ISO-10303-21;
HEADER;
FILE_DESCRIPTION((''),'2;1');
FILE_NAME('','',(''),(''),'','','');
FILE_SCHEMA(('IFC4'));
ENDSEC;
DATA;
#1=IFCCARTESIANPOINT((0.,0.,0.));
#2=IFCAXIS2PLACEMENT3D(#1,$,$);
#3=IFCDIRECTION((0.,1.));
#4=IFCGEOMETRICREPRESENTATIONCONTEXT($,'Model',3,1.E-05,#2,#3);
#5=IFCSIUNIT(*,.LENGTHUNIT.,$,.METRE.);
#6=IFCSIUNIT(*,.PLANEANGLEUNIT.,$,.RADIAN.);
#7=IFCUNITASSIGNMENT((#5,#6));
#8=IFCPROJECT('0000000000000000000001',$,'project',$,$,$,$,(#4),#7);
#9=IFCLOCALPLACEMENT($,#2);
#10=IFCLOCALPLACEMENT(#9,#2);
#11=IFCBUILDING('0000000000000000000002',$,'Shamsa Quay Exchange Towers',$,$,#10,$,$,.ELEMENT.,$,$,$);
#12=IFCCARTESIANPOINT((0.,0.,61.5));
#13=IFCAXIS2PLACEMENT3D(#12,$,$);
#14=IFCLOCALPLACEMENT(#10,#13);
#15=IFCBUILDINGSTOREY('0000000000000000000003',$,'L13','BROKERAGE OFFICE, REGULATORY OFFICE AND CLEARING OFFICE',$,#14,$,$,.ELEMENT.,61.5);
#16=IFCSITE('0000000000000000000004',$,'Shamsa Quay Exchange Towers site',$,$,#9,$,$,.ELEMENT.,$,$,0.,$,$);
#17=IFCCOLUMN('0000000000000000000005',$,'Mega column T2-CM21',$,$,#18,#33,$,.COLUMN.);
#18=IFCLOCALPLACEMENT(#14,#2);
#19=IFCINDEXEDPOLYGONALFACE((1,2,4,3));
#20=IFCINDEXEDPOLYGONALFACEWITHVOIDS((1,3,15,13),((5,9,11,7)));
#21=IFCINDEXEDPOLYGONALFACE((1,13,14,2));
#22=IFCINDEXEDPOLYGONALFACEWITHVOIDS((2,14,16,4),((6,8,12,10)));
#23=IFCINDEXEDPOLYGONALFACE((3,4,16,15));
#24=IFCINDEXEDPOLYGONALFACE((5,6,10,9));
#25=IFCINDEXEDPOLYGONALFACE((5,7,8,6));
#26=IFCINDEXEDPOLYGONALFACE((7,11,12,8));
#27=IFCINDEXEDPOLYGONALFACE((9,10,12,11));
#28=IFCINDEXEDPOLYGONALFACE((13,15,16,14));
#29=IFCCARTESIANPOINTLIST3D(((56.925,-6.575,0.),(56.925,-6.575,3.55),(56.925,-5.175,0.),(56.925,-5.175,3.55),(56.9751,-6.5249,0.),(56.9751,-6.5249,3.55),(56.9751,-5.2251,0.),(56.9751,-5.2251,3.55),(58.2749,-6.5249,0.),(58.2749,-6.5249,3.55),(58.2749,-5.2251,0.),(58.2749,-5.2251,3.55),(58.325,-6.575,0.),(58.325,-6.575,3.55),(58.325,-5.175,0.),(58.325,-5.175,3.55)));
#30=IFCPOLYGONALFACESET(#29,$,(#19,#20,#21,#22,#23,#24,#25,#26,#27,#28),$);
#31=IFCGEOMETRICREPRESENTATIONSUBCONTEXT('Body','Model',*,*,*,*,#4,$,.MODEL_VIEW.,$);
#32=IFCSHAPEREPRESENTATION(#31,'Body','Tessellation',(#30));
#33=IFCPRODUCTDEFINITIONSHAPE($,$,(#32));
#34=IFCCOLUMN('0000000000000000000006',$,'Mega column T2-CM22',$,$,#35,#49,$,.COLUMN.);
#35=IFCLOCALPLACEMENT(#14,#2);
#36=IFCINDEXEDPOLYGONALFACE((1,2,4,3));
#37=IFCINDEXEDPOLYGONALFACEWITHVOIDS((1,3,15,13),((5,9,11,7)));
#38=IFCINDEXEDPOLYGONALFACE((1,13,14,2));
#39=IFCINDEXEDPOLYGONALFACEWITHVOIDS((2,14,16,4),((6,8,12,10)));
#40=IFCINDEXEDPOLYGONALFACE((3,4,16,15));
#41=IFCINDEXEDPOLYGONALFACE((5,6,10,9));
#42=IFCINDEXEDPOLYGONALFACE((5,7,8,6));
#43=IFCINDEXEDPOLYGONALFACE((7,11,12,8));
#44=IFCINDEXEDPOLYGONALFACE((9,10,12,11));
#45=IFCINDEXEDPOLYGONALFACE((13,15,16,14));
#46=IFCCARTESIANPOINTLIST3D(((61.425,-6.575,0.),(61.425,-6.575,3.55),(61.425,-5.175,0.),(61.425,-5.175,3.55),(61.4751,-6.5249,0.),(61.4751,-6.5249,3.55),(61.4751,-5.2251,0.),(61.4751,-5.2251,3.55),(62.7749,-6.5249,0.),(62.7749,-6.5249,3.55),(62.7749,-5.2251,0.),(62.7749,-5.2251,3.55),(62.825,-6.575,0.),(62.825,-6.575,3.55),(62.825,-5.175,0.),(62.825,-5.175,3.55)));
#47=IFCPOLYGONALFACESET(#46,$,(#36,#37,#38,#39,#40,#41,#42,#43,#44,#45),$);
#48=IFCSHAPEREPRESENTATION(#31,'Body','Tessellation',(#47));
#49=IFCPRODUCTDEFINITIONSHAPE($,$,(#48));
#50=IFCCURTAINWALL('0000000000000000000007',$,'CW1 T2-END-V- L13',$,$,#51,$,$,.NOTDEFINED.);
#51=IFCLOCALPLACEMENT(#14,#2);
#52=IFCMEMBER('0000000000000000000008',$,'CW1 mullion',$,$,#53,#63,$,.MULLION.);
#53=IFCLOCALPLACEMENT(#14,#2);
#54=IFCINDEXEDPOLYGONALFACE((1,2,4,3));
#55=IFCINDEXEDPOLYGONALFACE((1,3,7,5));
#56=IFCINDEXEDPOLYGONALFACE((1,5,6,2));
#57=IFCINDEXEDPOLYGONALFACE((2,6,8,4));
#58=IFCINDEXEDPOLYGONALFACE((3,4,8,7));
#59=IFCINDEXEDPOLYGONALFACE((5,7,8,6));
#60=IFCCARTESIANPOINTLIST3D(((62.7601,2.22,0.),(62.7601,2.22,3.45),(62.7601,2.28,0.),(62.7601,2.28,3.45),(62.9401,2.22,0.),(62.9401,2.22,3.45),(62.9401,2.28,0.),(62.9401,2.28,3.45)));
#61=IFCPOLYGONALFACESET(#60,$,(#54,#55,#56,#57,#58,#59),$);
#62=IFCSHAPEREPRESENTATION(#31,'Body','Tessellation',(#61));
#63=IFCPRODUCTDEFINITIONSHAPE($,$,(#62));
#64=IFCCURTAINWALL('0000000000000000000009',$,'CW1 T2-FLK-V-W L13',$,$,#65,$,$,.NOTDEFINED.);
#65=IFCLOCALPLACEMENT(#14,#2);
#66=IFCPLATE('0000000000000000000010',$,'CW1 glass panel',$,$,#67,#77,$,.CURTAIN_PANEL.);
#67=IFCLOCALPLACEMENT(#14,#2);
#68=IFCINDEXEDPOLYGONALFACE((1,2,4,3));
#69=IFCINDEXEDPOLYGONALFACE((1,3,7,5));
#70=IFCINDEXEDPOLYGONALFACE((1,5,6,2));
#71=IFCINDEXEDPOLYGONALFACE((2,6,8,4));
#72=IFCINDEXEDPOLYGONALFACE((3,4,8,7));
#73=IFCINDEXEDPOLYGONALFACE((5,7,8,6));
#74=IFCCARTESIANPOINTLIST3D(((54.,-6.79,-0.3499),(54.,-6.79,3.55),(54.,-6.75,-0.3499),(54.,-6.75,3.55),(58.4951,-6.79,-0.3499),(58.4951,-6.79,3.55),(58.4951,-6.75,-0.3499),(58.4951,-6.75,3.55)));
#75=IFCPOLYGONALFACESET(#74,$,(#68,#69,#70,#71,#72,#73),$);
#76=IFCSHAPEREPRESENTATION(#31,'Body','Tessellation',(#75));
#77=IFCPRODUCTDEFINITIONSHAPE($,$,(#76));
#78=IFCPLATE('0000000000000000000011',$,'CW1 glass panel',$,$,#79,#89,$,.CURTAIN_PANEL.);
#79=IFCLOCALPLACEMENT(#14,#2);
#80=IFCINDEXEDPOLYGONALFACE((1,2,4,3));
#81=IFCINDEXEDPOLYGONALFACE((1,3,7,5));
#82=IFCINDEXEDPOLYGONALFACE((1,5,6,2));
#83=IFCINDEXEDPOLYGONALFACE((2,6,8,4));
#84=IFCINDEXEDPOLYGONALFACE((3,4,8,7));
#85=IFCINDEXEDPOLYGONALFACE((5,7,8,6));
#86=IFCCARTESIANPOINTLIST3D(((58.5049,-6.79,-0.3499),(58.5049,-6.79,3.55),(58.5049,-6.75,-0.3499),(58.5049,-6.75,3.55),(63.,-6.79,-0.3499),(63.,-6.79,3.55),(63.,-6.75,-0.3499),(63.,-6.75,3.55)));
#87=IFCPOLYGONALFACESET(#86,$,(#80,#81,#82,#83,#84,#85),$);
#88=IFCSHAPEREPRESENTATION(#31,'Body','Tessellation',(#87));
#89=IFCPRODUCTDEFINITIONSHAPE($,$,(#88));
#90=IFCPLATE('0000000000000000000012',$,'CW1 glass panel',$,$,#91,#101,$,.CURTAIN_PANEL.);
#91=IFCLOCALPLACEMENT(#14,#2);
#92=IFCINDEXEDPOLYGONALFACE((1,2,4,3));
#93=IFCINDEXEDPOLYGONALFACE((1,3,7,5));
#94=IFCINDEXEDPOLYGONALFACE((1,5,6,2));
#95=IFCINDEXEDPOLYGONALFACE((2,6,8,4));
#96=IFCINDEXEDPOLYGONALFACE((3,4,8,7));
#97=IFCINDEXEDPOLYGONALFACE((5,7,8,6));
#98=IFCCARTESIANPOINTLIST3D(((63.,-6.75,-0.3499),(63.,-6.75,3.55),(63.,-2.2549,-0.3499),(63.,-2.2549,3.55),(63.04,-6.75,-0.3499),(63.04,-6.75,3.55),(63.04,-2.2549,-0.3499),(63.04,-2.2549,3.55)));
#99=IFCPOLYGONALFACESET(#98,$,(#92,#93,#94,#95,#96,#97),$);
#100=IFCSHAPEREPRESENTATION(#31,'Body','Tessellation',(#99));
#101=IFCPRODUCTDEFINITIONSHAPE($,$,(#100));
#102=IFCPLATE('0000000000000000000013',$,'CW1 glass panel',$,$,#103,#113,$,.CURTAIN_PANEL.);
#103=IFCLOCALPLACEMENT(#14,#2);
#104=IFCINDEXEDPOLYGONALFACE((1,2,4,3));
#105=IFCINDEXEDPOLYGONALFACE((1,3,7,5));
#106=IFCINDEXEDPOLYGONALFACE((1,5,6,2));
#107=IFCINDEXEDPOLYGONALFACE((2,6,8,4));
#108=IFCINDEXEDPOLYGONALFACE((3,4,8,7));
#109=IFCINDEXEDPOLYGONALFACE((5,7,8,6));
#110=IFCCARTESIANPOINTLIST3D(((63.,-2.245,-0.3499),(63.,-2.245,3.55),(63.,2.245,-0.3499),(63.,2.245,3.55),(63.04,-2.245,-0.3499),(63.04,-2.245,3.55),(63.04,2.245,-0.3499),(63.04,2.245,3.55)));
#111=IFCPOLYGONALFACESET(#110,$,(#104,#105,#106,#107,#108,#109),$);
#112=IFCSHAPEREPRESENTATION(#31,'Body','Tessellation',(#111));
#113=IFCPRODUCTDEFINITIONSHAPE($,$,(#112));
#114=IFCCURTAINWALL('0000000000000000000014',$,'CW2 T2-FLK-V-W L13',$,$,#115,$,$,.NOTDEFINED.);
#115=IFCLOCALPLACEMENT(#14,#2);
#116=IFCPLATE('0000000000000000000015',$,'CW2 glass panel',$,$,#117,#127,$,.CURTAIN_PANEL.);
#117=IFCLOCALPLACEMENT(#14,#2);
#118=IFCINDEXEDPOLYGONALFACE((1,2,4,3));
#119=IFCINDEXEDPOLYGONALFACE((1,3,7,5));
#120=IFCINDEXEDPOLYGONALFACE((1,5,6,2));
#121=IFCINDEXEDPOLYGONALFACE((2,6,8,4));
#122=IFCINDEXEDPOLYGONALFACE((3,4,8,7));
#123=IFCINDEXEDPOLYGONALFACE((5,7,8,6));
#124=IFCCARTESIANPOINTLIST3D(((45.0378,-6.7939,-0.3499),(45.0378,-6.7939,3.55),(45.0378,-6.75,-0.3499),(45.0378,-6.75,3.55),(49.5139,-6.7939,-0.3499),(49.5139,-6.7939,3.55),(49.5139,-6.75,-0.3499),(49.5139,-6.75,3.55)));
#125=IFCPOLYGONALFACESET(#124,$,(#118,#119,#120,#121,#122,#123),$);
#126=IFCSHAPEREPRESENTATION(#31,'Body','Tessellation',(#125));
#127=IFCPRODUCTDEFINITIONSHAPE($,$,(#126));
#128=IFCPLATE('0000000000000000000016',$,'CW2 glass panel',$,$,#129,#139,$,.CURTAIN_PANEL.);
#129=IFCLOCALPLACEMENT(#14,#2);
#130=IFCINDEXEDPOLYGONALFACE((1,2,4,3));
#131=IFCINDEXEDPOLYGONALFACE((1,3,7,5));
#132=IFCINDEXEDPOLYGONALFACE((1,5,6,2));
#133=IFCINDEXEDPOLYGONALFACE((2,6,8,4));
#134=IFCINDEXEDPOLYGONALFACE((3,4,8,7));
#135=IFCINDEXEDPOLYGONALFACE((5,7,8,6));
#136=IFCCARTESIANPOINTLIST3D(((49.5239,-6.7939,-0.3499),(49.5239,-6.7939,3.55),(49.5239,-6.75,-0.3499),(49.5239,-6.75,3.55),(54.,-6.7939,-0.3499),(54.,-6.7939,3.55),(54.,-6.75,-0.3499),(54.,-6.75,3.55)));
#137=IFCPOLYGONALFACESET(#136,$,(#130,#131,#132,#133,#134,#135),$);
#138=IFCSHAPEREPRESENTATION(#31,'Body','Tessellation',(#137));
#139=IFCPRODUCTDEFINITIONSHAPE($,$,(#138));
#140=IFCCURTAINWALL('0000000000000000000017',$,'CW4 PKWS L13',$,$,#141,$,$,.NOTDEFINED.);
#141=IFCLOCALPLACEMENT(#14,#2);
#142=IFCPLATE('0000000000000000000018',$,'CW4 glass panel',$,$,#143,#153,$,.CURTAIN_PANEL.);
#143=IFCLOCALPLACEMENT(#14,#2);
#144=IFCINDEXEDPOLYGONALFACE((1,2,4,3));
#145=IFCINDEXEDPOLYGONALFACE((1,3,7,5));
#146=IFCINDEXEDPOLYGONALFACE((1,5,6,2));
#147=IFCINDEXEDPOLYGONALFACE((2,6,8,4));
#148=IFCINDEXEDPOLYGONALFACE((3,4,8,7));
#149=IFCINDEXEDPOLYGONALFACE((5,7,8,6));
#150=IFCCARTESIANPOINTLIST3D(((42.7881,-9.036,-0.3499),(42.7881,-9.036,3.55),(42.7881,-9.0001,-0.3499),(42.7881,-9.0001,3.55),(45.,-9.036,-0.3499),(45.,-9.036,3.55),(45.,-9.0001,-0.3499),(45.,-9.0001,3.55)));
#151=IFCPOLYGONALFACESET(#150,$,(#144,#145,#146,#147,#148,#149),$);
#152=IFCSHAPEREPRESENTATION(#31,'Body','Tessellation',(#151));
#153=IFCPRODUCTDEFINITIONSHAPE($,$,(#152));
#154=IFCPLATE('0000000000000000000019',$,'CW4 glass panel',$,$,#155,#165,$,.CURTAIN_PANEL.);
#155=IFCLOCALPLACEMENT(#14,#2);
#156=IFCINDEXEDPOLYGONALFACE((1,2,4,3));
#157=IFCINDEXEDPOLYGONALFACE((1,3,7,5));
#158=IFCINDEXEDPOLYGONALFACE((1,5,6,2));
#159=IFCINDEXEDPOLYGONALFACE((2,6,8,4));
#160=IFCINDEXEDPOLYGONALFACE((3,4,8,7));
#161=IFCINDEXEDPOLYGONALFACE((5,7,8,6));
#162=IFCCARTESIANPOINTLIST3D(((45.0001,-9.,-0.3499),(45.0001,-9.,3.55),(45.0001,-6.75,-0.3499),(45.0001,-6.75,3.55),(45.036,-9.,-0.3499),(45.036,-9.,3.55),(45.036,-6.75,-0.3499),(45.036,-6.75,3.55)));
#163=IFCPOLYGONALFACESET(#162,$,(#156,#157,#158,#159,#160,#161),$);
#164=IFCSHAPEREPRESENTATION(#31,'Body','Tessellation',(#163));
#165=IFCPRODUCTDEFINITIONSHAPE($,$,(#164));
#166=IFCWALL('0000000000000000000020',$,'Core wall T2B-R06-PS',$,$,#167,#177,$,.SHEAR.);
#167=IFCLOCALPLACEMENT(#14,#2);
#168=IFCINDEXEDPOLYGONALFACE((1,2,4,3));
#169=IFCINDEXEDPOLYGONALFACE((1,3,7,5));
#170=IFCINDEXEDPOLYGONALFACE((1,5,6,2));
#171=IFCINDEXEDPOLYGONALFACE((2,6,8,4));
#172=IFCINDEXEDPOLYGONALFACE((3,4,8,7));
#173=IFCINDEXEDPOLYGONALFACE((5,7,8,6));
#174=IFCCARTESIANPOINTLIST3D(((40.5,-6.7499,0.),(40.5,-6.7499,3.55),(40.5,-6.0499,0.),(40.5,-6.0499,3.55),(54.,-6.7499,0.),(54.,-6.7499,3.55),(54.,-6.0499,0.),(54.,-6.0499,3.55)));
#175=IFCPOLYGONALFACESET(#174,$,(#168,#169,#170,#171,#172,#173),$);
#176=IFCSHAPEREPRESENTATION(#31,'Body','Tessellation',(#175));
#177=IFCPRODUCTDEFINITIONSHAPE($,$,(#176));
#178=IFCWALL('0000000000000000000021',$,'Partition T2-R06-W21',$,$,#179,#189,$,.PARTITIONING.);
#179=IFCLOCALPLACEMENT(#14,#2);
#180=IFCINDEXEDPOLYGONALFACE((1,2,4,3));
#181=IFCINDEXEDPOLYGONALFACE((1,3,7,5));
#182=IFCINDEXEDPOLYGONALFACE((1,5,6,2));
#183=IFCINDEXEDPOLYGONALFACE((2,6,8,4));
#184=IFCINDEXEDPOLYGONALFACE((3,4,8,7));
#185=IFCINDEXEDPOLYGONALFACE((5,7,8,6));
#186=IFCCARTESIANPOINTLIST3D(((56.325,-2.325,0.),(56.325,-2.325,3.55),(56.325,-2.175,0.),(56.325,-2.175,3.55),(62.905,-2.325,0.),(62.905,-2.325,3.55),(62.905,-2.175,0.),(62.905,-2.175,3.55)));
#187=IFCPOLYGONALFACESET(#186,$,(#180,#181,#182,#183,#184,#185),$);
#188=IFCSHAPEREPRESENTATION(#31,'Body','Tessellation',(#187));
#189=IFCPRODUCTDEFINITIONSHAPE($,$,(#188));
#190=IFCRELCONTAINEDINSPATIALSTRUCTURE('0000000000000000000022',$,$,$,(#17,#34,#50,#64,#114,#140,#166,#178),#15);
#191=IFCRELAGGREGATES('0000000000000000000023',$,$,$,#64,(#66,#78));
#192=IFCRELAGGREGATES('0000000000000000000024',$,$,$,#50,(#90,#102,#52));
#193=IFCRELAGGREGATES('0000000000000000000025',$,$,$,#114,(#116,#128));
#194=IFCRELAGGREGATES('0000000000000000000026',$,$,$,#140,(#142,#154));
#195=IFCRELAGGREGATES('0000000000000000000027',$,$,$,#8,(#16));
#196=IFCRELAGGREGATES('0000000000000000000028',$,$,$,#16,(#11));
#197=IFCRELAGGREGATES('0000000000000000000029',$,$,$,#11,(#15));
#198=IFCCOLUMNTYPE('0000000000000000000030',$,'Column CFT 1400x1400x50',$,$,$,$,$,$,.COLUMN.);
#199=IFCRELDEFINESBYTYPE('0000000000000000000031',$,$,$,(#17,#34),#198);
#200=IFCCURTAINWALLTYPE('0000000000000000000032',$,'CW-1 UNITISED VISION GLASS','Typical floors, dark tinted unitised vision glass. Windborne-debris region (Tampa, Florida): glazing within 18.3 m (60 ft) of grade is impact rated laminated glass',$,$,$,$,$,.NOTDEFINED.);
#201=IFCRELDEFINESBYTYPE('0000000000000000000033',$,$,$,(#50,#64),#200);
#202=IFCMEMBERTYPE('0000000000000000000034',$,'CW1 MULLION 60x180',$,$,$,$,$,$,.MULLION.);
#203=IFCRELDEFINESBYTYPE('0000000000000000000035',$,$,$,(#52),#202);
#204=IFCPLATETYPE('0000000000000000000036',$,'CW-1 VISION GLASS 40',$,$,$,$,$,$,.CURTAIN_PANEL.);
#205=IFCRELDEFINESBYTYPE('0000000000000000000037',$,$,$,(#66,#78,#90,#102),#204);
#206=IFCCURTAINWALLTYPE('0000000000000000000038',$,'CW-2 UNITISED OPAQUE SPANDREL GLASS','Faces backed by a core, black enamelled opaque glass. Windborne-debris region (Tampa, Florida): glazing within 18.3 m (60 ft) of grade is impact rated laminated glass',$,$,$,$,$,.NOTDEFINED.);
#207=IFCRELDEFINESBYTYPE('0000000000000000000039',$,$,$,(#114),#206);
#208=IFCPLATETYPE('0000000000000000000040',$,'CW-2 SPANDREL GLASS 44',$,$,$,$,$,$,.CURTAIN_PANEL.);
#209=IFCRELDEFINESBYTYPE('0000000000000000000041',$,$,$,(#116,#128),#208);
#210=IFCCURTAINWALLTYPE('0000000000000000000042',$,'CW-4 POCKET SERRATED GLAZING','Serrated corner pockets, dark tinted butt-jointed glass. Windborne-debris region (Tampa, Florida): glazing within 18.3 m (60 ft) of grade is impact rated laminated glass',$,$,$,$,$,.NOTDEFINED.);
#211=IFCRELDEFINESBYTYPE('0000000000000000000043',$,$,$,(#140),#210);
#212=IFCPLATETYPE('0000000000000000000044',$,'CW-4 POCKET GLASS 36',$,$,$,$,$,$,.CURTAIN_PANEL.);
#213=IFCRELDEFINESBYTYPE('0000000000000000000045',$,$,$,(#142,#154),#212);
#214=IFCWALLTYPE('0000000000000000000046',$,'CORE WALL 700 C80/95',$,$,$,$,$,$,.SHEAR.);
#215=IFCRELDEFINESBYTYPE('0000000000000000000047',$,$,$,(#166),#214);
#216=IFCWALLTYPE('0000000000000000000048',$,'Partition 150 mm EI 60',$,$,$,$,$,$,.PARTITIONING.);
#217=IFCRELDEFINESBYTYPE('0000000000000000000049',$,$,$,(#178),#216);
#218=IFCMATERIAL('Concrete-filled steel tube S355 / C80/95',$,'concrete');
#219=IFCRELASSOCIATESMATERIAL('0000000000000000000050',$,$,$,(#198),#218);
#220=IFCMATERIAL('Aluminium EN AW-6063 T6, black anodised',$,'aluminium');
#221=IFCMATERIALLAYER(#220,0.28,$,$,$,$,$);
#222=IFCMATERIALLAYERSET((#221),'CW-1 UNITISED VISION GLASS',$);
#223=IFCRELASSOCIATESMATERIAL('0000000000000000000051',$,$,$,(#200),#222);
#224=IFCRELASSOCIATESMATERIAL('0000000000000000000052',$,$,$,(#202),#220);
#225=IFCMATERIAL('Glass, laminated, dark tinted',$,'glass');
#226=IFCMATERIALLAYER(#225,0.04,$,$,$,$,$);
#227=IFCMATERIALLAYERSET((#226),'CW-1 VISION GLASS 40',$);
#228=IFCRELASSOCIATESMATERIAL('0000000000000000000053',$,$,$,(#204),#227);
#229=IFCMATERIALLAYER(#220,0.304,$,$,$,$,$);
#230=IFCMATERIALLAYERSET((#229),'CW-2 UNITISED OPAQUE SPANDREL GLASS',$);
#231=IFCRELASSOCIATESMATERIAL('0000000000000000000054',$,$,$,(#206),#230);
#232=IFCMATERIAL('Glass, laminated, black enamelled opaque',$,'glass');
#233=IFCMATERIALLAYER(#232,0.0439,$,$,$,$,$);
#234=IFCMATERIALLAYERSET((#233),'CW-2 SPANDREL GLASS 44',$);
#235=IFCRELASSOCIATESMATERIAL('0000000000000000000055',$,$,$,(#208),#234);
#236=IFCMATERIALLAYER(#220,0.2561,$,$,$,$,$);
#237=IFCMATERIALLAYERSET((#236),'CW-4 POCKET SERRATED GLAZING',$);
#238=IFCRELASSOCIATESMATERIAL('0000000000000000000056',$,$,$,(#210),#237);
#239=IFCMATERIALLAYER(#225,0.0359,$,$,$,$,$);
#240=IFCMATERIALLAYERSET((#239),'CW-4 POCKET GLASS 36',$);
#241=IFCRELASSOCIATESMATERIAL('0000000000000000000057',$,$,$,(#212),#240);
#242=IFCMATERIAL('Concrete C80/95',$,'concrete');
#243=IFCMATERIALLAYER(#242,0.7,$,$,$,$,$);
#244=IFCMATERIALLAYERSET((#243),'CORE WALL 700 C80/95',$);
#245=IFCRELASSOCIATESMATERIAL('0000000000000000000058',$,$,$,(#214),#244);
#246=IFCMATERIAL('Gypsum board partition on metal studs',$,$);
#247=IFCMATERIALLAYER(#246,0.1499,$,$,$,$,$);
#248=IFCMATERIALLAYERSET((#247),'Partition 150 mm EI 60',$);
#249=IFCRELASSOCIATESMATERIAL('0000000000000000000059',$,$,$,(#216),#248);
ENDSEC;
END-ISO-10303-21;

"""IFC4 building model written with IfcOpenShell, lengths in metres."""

from ifc_helpers import new_model, si_unit, direction, frame, frame_2d, origin, origin_2d, place, context, subcontext, project, spatial, rectangle, hollow_rectangle, extrude, material, layer, layer_set, material_profile, profile_set, type_object, element, aggregate, save


model = new_model("IFC4")

# Units and contexts
model_context = context("Model", 3, precision=1e-05, world=origin(), true_north=direction((0.0, 1.0)))
body_context = subcontext(model_context, "Body", "Model", "MODEL_VIEW")
ifc_project = project(units=[si_unit("LENGTHUNIT", "METRE"), si_unit("PLANEANGLEUNIT", "RADIAN")], contexts=[model_context])

# Site, building, storey
site_placement = place(None, origin())
site = spatial("IfcSite", under=ifc_project, at=site_placement, Name="Shamsa Quay Exchange Towers site", CompositionType="ELEMENT", RefElevation=0.0)
building_placement = place(site_placement, origin())
building = spatial("IfcBuilding", under=site, at=building_placement, Name="Shamsa Quay Exchange Towers", CompositionType="ELEMENT")
storey_placement = place(building_placement, frame((0.0, 0.0, 61.5)))
storey = spatial("IfcBuildingStorey", under=building, at=storey_placement, Name="L13", Description="BROKERAGE OFFICE, REGULATORY OFFICE AND CLEARING OFFICE", CompositionType="ELEMENT", Elevation=61.5)

# Columns
ifc_material_1 = material(Name="Concrete-filled steel tube S355 / C80/95", Category="concrete")
ifc_material_profile_1 = material_profile(ifc_material_1, hollow_rectangle(XDim=1.3999, YDim=1.3999, WallThickness=0.05, at=origin_2d()), Name="CFT 1400x1400x50")
ifc_profile_set_1 = profile_set([ifc_material_profile_1], Name="Concrete-filled steel tube S355 / C80/95")
column_type = type_object("IfcColumnType", Name="Column CFT 1400x1400x50", PredefinedType="COLUMN", material=ifc_profile_set_1)
for number, where, name in (
    (1, (57.625, -5.875, 0.0), "Mega column T2-CM21"),
    (2, (62.125, -5.875, 0.0), "Mega column T2-CM22"),
):
    element("IfcColumn", number, at=place(storey_placement, frame(where)), inside=storey, type_object=column_type, Name=name, PredefinedType="COLUMN", context=body_context, shape_type="SweptSolid", body=[
        extrude(hollow_rectangle(XDim=1.3999, YDim=1.3999, WallThickness=0.05, at=origin_2d()), origin(), (0.0, 0.0, 1.0), 3.55),
    ])

# Curtain wall, member
ifc_material_2 = material(Name="Aluminium EN AW-6063 T6, black anodised", Category="aluminium")
ifc_layer_1 = layer(ifc_material_2, 0.28)
ifc_layer_set_1 = layer_set([ifc_layer_1], Name="CW-1 UNITISED VISION GLASS")
curtain_wall_type_1 = type_object("IfcCurtainWallType", Name="CW-1 UNITISED VISION GLASS", Description="Typical floors, dark tinted unitised vision glass. Windborne-debris region (Tampa, Florida): glazing within 18.3 m (60 ft) of grade is impact rated laminated glass", PredefinedType="NOTDEFINED", material=ifc_layer_set_1)
curtain_wall_1_placement = place(storey_placement, origin())
curtain_wall_1 = element("IfcCurtainWall", 3, at=curtain_wall_1_placement, inside=storey, type_object=curtain_wall_type_1, Name="CW1 T2-END-V- L13", PredefinedType="NOTDEFINED")
ifc_material_profile_2 = material_profile(ifc_material_2, rectangle(XDim=0.1799, YDim=0.0601, at=origin_2d()), Name="MU60x180")
ifc_profile_set_2 = profile_set([ifc_material_profile_2], Name="Aluminium EN AW-6063 T6, black anodised")
member_type = type_object("IfcMemberType", Name="CW1 MULLION 60x180", PredefinedType="MULLION", material=ifc_profile_set_2)
member_placement = place(storey_placement, frame((62.8501, 2.25, 0.0), z_axis=(0.0, 0.0, 1.0), x_axis=(-1.0, 0.0, 0.0)))
member = element("IfcMember", 4, at=member_placement, type_object=member_type, Name="CW1 mullion", PredefinedType="MULLION", context=body_context, shape_type="SweptSolid", body=[
    extrude(rectangle(XDim=0.1799, YDim=0.0601, at=origin_2d()), origin(), (0.0, 0.0, 1.0), 3.45),
])

# Curtain wall, plates
curtain_wall_2_placement = place(storey_placement, origin())
curtain_wall_2 = element("IfcCurtainWall", 5, at=curtain_wall_2_placement, inside=storey, type_object=curtain_wall_type_1, Name="CW1 T2-FLK-V-W L13", PredefinedType="NOTDEFINED")
ifc_material_3 = material(Name="Glass, laminated, dark tinted", Category="glass")
ifc_layer_2 = layer(ifc_material_3, 0.04)
ifc_layer_set_2 = layer_set([ifc_layer_2], Name="CW-1 VISION GLASS 40")
plate_type_1 = type_object("IfcPlateType", Name="CW-1 VISION GLASS 40", PredefinedType="CURTAIN_PANEL", material=ifc_layer_set_2)
plate_1_placement = place(storey_placement, frame((56.2476, -6.77, -0.3499)))
plate_1 = element("IfcPlate", 6, at=plate_1_placement, type_object=plate_type_1, Name="CW1 glass panel", PredefinedType="CURTAIN_PANEL", context=body_context, shape_type="SweptSolid", body=[
    extrude(rectangle(XDim=4.4951, YDim=0.04, at=origin_2d()), origin(), (0.0, 0.0, 1.0), 3.8999),
])
plate_2_placement = place(storey_placement, frame((60.7524, -6.77, -0.3499)))
plate_2 = element("IfcPlate", 7, at=plate_2_placement, type_object=plate_type_1, Name="CW1 glass panel", PredefinedType="CURTAIN_PANEL", context=body_context, shape_type="SweptSolid", body=[
    extrude(rectangle(XDim=4.4951, YDim=0.04, at=origin_2d()), origin(), (0.0, 0.0, 1.0), 3.8999),
])
aggregate(curtain_wall_2, [plate_1, plate_2])

# Plates
plate_3_placement = place(storey_placement, frame((63.02, -4.5024, -0.3499), z_axis=(0.0, 0.0, 1.0), x_axis=(0.0, 1.0, 0.0)))
plate_3 = element("IfcPlate", 8, at=plate_3_placement, type_object=plate_type_1, Name="CW1 glass panel", PredefinedType="CURTAIN_PANEL", context=body_context, shape_type="SweptSolid", body=[
    extrude(rectangle(XDim=4.4951, YDim=0.04, at=origin_2d()), origin(), (0.0, 0.0, 1.0), 3.8999),
])
plate_4_placement = place(storey_placement, frame((63.02, 0.0, -0.3499), z_axis=(0.0, 0.0, 1.0), x_axis=(0.0, 1.0, 0.0)))
plate_4 = element("IfcPlate", 9, at=plate_4_placement, type_object=plate_type_1, Name="CW1 glass panel", PredefinedType="CURTAIN_PANEL", context=body_context, shape_type="SweptSolid", body=[
    extrude(rectangle(XDim=4.49, YDim=0.04, at=origin_2d()), origin(), (0.0, 0.0, 1.0), 3.8999),
])
aggregate(curtain_wall_1, [plate_3, plate_4, member])

# Curtain walls, plates
ifc_layer_3 = layer(ifc_material_2, 0.304)
ifc_layer_set_3 = layer_set([ifc_layer_3], Name="CW-2 UNITISED OPAQUE SPANDREL GLASS")
curtain_wall_type_2 = type_object("IfcCurtainWallType", Name="CW-2 UNITISED OPAQUE SPANDREL GLASS", Description="Faces backed by a core, black enamelled opaque glass. Windborne-debris region (Tampa, Florida): glazing within 18.3 m (60 ft) of grade is impact rated laminated glass", PredefinedType="NOTDEFINED", material=ifc_layer_set_3)
curtain_wall_3_placement = place(storey_placement, origin())
curtain_wall_3 = element("IfcCurtainWall", 10, at=curtain_wall_3_placement, inside=storey, type_object=curtain_wall_type_2, Name="CW2 T2-FLK-V-W L13", PredefinedType="NOTDEFINED")
ifc_material_4 = material(Name="Glass, laminated, black enamelled opaque", Category="glass")
ifc_layer_4 = layer(ifc_material_4, 0.0439)
ifc_layer_set_4 = layer_set([ifc_layer_4], Name="CW-2 SPANDREL GLASS 44")
plate_type_2 = type_object("IfcPlateType", Name="CW-2 SPANDREL GLASS 44", PredefinedType="CURTAIN_PANEL", material=ifc_layer_set_4)
plate_5_placement = place(storey_placement, frame((47.2759, -6.772, -0.3499)))
plate_5 = element("IfcPlate", 11, at=plate_5_placement, type_object=plate_type_2, Name="CW2 glass panel", PredefinedType="CURTAIN_PANEL", context=body_context, shape_type="SweptSolid", body=[
    extrude(rectangle(XDim=4.4761, YDim=0.0439, at=origin_2d()), origin(), (0.0, 0.0, 1.0), 3.8999),
])
plate_6_placement = place(storey_placement, frame((51.762, -6.772, -0.3499)))
plate_6 = element("IfcPlate", 12, at=plate_6_placement, type_object=plate_type_2, Name="CW2 glass panel", PredefinedType="CURTAIN_PANEL", context=body_context, shape_type="SweptSolid", body=[
    extrude(rectangle(XDim=4.4761, YDim=0.0439, at=origin_2d()), origin(), (0.0, 0.0, 1.0), 3.8999),
])
aggregate(curtain_wall_3, [plate_5, plate_6])
ifc_layer_5 = layer(ifc_material_2, 0.2561)
ifc_layer_set_5 = layer_set([ifc_layer_5], Name="CW-4 POCKET SERRATED GLAZING")
curtain_wall_type_3 = type_object("IfcCurtainWallType", Name="CW-4 POCKET SERRATED GLAZING", Description="Serrated corner pockets, dark tinted butt-jointed glass. Windborne-debris region (Tampa, Florida): glazing within 18.3 m (60 ft) of grade is impact rated laminated glass", PredefinedType="NOTDEFINED", material=ifc_layer_set_5)
curtain_wall_4_placement = place(storey_placement, origin())
curtain_wall_4 = element("IfcCurtainWall", 13, at=curtain_wall_4_placement, inside=storey, type_object=curtain_wall_type_3, Name="CW4 PKWS L13", PredefinedType="NOTDEFINED")
ifc_layer_6 = layer(ifc_material_3, 0.0359)
ifc_layer_set_6 = layer_set([ifc_layer_6], Name="CW-4 POCKET GLASS 36")
plate_type_3 = type_object("IfcPlateType", Name="CW-4 POCKET GLASS 36", PredefinedType="CURTAIN_PANEL", material=ifc_layer_set_6)
plate_7_placement = place(storey_placement, frame((43.894, -9.0181, -0.3499)))
plate_7 = element("IfcPlate", 14, at=plate_7_placement, type_object=plate_type_3, Name="CW4 glass panel", PredefinedType="CURTAIN_PANEL", context=body_context, shape_type="SweptSolid", body=[
    extrude(rectangle(XDim=2.2119, YDim=0.0359, at=origin_2d()), origin(), (0.0, 0.0, 1.0), 3.8999),
])
plate_8_placement = place(storey_placement, frame((45.0181, -7.875, -0.3499), z_axis=(0.0, 0.0, 1.0), x_axis=(0.0, 1.0, 0.0)))
plate_8 = element("IfcPlate", 15, at=plate_8_placement, type_object=plate_type_3, Name="CW4 glass panel", PredefinedType="CURTAIN_PANEL", context=body_context, shape_type="SweptSolid", body=[
    extrude(rectangle(XDim=2.25, YDim=0.0359, at=origin_2d()), origin(), (0.0, 0.0, 1.0), 3.8999),
])
aggregate(curtain_wall_4, [plate_7, plate_8])

# Wall
ifc_material_5 = material(Name="Concrete C80/95", Category="concrete")
ifc_layer_7 = layer(ifc_material_5, 0.7)
ifc_layer_set_7 = layer_set([ifc_layer_7], Name="CORE WALL 700 C80/95")
wall_type_1 = type_object("IfcWallType", Name="CORE WALL 700 C80/95", PredefinedType="SHEAR", material=ifc_layer_set_7)
wall_1_placement = place(storey_placement, frame((54.0, -6.3999, 0.0), z_axis=(0.0, 0.0, 1.0), x_axis=(-1.0, 0.0, 0.0)))
element("IfcWall", 16, at=wall_1_placement, inside=storey, type_object=wall_type_1, Name="Core wall T2B-R06-PS", PredefinedType="SHEAR", context=body_context, shape_type="SweptSolid", body=[
    extrude(rectangle(XDim=13.5, YDim=0.7, at=frame_2d((6.75, 0.0))), origin(), (0.0, 0.0, 1.0), 3.55),
])

# Wall
ifc_material_6 = material(Name="Gypsum board partition on metal studs")
ifc_layer_8 = layer(ifc_material_6, 0.1499)
ifc_layer_set_8 = layer_set([ifc_layer_8], Name="Partition 150 mm EI 60")
wall_type_2 = type_object("IfcWallType", Name="Partition 150 mm EI 60", PredefinedType="PARTITIONING", material=ifc_layer_set_8)
wall_2_placement = place(storey_placement, frame((62.905, -2.25, 0.0), z_axis=(0.0, 0.0, 1.0), x_axis=(-1.0, 0.0, 0.0)))
element("IfcWall", 17, at=wall_2_placement, inside=storey, type_object=wall_type_2, Name="Partition T2-R06-W21", PredefinedType="PARTITIONING", context=body_context, shape_type="SweptSolid", body=[
    extrude(rectangle(XDim=6.5801, YDim=0.1499, at=frame_2d((3.29, 0.0))), origin(), (0.0, 0.0, 1.0), 3.55),
])

save(model, "model.ifc")
